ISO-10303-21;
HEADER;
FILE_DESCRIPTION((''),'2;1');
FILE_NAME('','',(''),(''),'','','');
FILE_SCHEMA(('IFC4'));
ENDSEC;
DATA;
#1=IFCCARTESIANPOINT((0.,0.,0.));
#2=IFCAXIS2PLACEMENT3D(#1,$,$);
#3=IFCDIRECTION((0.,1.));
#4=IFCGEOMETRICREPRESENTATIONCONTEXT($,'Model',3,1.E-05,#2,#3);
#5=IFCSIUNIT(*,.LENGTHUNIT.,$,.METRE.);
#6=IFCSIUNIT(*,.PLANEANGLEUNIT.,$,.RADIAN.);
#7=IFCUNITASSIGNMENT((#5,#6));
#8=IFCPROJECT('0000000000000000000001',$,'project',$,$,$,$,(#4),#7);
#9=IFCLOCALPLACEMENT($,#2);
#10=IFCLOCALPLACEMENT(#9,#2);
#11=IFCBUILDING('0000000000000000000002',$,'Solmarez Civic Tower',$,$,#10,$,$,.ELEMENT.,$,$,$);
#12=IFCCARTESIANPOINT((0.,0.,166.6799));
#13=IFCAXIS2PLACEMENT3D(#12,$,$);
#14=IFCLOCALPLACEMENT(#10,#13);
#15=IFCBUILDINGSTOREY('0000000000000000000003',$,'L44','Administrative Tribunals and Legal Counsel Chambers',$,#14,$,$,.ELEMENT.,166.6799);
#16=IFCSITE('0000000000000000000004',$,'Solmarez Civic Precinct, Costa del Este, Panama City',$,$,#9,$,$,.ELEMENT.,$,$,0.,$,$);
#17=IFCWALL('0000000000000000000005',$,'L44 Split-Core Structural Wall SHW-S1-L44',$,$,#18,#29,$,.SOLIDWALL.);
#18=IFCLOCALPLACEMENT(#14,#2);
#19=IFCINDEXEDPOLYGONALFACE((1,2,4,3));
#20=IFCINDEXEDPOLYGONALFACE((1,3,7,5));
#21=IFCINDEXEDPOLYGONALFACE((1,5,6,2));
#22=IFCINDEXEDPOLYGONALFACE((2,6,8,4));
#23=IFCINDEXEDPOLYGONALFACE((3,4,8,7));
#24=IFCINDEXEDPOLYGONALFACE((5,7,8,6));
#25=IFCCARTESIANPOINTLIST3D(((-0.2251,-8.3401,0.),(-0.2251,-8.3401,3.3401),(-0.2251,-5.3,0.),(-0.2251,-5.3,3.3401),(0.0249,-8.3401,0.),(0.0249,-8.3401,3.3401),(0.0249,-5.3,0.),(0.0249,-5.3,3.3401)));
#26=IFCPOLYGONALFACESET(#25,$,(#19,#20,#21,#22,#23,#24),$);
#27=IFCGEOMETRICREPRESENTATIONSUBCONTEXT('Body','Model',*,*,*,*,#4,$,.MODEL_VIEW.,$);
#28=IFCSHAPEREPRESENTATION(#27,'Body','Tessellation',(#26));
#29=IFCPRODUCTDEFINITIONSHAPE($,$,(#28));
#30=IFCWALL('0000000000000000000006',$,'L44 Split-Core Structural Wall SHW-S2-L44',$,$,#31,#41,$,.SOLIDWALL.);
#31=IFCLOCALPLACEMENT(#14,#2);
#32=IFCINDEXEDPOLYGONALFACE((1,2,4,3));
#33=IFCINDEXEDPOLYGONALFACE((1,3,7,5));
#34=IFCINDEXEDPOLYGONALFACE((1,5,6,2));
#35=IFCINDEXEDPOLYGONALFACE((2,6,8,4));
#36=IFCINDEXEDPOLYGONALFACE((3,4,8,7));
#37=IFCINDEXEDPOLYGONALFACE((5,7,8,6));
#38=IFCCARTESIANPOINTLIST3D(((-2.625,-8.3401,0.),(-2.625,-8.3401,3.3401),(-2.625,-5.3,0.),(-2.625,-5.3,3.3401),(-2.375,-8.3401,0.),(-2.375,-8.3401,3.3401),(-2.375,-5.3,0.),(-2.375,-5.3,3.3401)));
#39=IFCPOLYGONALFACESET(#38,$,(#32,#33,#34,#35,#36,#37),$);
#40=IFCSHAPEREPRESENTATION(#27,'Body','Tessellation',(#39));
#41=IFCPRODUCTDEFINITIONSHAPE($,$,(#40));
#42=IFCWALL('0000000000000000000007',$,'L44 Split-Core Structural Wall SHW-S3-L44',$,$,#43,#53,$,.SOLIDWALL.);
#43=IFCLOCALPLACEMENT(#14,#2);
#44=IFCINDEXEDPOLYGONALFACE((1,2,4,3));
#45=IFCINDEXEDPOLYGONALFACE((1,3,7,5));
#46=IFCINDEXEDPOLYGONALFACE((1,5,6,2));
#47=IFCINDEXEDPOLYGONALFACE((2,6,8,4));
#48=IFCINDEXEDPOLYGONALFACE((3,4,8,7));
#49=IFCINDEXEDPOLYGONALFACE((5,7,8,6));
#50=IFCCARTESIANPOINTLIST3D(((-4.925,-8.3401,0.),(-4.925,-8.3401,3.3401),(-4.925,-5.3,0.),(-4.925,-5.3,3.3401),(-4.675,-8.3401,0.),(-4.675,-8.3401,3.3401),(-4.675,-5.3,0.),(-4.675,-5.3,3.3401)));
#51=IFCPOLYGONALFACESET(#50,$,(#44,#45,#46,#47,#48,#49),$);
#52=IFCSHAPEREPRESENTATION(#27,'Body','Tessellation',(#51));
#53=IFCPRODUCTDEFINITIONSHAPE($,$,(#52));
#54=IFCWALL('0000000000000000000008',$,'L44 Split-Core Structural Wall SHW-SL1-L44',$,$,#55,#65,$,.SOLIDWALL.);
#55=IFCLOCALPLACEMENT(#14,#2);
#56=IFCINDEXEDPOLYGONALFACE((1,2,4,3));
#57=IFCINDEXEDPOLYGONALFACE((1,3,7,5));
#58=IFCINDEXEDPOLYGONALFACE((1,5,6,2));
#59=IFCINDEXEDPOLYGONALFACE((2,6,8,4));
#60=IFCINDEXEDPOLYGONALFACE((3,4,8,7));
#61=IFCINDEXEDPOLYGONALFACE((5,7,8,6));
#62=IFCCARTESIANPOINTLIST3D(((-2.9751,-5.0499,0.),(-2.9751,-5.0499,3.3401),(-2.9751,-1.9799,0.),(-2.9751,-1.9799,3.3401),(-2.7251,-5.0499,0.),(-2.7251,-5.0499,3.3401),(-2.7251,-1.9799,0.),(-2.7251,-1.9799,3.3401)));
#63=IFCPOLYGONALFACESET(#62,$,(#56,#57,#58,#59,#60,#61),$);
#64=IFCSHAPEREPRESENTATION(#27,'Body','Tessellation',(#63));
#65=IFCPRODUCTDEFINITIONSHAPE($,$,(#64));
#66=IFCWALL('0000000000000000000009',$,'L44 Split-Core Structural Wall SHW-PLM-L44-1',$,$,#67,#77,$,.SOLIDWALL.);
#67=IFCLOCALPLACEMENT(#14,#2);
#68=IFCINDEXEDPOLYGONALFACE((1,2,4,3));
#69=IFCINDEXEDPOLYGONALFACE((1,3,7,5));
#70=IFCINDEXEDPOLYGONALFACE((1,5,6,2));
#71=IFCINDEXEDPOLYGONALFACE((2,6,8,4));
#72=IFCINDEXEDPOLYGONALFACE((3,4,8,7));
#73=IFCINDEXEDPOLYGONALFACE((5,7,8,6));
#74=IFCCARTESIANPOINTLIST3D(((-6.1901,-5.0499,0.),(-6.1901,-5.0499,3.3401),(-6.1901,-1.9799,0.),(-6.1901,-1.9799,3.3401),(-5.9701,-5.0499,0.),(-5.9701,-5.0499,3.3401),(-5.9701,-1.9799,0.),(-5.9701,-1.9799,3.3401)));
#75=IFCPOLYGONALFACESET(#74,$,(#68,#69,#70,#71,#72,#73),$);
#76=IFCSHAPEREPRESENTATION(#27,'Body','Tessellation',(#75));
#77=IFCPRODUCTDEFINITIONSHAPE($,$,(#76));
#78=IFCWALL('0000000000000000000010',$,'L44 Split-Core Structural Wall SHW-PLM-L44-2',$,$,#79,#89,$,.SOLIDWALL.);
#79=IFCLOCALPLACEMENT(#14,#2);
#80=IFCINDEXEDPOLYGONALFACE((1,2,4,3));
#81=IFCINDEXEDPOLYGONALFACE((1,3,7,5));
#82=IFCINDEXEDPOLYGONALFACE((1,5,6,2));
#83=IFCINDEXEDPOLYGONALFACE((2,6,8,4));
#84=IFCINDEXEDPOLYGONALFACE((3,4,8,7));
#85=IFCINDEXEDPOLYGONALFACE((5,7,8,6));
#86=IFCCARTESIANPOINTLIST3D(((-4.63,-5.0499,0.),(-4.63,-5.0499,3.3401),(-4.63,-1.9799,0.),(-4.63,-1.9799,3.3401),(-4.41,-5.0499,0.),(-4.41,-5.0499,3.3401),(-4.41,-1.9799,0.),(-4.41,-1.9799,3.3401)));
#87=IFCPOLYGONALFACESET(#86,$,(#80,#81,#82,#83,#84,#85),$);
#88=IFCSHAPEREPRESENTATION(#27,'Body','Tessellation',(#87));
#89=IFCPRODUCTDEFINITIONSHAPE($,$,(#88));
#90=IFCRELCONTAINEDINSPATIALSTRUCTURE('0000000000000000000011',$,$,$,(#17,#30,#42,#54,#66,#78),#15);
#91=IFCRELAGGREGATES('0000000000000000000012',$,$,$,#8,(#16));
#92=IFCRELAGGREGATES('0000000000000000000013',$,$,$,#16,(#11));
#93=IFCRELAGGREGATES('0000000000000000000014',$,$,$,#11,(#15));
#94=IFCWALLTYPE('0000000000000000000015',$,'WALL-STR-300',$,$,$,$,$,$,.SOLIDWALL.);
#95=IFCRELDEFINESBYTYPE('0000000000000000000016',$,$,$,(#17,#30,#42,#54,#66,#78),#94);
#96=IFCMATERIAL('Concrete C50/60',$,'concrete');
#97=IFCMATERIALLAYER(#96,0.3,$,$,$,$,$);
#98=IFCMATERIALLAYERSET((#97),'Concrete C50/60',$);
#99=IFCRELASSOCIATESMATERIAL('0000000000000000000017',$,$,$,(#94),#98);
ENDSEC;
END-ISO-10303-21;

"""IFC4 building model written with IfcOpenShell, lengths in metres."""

from ifc_helpers import new_model, si_unit, direction, frame, frame_2d, origin, place, context, subcontext, project, spatial, rectangle, extrude, material, layer, layer_set, type_object, element, save


model = new_model("IFC4")

# Units and contexts
model_context = context("Model", 3, precision=1e-05, world=origin(), true_north=direction((0.0, 1.0)))
body_context = subcontext(model_context, "Body", "Model", "MODEL_VIEW")
ifc_project = project(units=[si_unit("LENGTHUNIT", "METRE"), si_unit("PLANEANGLEUNIT", "RADIAN")], contexts=[model_context])

# Site, building, storey
site_placement = place(None, origin())
site = spatial("IfcSite", under=ifc_project, at=site_placement, Name="Solmarez Civic Precinct, Costa del Este, Panama City", CompositionType="ELEMENT", RefElevation=0.0)
building_placement = place(site_placement, origin())
building = spatial("IfcBuilding", under=site, at=building_placement, Name="Solmarez Civic Tower", CompositionType="ELEMENT")
storey_placement = place(building_placement, frame((0.0, 0.0, 166.6799)))
storey = spatial("IfcBuildingStorey", under=building, at=storey_placement, Name="L44", Description="Administrative Tribunals and Legal Counsel Chambers", CompositionType="ELEMENT", Elevation=166.6799)

# Shared definitions
ifc_material_1 = material(Name="Concrete C50/60", Category="concrete")

# Shared definitions
ifc_layer_1 = layer(ifc_material_1, 0.3)
ifc_layer_set_1 = layer_set([ifc_layer_1], Name="Concrete C50/60")
wall_type_1 = type_object("IfcWallType", Name="WALL-STR-300", PredefinedType="SOLIDWALL", material=ifc_layer_set_1)

# Walls
for number, where, z_axis, x_axis, name in (
    (1, (-0.1001, -8.3401, 0.0), (0.0, 0.0, 1.0), (0.0, 1.0, 0.0), "L44 Split-Core Structural Wall SHW-S1-L44"),
    (2, (-2.5, -8.3401, 0.0), (0.0, 0.0, 1.0), (0.0, 1.0, 0.0), "L44 Split-Core Structural Wall SHW-S2-L44"),
    (3, (-4.8, -8.3401, 0.0), (0.0, 0.0, 1.0), (0.0, 1.0, 0.0), "L44 Split-Core Structural Wall SHW-S3-L44"),
):
    element("IfcWall", number, at=place(storey_placement, frame(where, z_axis=z_axis, x_axis=x_axis)), inside=storey, type_object=wall_type_1, Name=name, PredefinedType="SOLIDWALL", context=body_context, shape_type="SweptSolid", body=[
        extrude(rectangle(XDim=3.04, YDim=0.25, at=frame_2d((1.52, 0.0))), origin(), (0.0, 0.0, 1.0), 3.3401),
    ])
wall_1_placement = place(storey_placement, frame((-2.8501, -5.05, 0.0), z_axis=(0.0, 0.0, 1.0), x_axis=(0.0, 1.0, 0.0)))
element("IfcWall", 4, at=wall_1_placement, inside=storey, type_object=wall_type_1, Name="L44 Split-Core Structural Wall SHW-SL1-L44", PredefinedType="SOLIDWALL", context=body_context, shape_type="SweptSolid", body=[
    extrude(rectangle(XDim=3.0701, YDim=0.25, at=frame_2d((1.5352, 0.0))), origin(), (0.0, 0.0, 1.0), 3.3401),
])
for number, where, z_axis, x_axis, name in (
    (5, (-6.0801, -5.05, 0.0), (0.0, 0.0, 1.0), (0.0, 1.0, 0.0), "L44 Split-Core Structural Wall SHW-PLM-L44-1"),
    (6, (-4.52, -5.05, 0.0), (0.0, 0.0, 1.0), (0.0, 1.0, 0.0), "L44 Split-Core Structural Wall SHW-PLM-L44-2"),
):
    element("IfcWall", number, at=place(storey_placement, frame(where, z_axis=z_axis, x_axis=x_axis)), inside=storey, type_object=wall_type_1, Name=name, PredefinedType="SOLIDWALL", context=body_context, shape_type="SweptSolid", body=[
        extrude(rectangle(XDim=3.0701, YDim=0.22, at=frame_2d((1.5352, 0.0))), origin(), (0.0, 0.0, 1.0), 3.3401),
    ])

save(model, "model.ifc")
